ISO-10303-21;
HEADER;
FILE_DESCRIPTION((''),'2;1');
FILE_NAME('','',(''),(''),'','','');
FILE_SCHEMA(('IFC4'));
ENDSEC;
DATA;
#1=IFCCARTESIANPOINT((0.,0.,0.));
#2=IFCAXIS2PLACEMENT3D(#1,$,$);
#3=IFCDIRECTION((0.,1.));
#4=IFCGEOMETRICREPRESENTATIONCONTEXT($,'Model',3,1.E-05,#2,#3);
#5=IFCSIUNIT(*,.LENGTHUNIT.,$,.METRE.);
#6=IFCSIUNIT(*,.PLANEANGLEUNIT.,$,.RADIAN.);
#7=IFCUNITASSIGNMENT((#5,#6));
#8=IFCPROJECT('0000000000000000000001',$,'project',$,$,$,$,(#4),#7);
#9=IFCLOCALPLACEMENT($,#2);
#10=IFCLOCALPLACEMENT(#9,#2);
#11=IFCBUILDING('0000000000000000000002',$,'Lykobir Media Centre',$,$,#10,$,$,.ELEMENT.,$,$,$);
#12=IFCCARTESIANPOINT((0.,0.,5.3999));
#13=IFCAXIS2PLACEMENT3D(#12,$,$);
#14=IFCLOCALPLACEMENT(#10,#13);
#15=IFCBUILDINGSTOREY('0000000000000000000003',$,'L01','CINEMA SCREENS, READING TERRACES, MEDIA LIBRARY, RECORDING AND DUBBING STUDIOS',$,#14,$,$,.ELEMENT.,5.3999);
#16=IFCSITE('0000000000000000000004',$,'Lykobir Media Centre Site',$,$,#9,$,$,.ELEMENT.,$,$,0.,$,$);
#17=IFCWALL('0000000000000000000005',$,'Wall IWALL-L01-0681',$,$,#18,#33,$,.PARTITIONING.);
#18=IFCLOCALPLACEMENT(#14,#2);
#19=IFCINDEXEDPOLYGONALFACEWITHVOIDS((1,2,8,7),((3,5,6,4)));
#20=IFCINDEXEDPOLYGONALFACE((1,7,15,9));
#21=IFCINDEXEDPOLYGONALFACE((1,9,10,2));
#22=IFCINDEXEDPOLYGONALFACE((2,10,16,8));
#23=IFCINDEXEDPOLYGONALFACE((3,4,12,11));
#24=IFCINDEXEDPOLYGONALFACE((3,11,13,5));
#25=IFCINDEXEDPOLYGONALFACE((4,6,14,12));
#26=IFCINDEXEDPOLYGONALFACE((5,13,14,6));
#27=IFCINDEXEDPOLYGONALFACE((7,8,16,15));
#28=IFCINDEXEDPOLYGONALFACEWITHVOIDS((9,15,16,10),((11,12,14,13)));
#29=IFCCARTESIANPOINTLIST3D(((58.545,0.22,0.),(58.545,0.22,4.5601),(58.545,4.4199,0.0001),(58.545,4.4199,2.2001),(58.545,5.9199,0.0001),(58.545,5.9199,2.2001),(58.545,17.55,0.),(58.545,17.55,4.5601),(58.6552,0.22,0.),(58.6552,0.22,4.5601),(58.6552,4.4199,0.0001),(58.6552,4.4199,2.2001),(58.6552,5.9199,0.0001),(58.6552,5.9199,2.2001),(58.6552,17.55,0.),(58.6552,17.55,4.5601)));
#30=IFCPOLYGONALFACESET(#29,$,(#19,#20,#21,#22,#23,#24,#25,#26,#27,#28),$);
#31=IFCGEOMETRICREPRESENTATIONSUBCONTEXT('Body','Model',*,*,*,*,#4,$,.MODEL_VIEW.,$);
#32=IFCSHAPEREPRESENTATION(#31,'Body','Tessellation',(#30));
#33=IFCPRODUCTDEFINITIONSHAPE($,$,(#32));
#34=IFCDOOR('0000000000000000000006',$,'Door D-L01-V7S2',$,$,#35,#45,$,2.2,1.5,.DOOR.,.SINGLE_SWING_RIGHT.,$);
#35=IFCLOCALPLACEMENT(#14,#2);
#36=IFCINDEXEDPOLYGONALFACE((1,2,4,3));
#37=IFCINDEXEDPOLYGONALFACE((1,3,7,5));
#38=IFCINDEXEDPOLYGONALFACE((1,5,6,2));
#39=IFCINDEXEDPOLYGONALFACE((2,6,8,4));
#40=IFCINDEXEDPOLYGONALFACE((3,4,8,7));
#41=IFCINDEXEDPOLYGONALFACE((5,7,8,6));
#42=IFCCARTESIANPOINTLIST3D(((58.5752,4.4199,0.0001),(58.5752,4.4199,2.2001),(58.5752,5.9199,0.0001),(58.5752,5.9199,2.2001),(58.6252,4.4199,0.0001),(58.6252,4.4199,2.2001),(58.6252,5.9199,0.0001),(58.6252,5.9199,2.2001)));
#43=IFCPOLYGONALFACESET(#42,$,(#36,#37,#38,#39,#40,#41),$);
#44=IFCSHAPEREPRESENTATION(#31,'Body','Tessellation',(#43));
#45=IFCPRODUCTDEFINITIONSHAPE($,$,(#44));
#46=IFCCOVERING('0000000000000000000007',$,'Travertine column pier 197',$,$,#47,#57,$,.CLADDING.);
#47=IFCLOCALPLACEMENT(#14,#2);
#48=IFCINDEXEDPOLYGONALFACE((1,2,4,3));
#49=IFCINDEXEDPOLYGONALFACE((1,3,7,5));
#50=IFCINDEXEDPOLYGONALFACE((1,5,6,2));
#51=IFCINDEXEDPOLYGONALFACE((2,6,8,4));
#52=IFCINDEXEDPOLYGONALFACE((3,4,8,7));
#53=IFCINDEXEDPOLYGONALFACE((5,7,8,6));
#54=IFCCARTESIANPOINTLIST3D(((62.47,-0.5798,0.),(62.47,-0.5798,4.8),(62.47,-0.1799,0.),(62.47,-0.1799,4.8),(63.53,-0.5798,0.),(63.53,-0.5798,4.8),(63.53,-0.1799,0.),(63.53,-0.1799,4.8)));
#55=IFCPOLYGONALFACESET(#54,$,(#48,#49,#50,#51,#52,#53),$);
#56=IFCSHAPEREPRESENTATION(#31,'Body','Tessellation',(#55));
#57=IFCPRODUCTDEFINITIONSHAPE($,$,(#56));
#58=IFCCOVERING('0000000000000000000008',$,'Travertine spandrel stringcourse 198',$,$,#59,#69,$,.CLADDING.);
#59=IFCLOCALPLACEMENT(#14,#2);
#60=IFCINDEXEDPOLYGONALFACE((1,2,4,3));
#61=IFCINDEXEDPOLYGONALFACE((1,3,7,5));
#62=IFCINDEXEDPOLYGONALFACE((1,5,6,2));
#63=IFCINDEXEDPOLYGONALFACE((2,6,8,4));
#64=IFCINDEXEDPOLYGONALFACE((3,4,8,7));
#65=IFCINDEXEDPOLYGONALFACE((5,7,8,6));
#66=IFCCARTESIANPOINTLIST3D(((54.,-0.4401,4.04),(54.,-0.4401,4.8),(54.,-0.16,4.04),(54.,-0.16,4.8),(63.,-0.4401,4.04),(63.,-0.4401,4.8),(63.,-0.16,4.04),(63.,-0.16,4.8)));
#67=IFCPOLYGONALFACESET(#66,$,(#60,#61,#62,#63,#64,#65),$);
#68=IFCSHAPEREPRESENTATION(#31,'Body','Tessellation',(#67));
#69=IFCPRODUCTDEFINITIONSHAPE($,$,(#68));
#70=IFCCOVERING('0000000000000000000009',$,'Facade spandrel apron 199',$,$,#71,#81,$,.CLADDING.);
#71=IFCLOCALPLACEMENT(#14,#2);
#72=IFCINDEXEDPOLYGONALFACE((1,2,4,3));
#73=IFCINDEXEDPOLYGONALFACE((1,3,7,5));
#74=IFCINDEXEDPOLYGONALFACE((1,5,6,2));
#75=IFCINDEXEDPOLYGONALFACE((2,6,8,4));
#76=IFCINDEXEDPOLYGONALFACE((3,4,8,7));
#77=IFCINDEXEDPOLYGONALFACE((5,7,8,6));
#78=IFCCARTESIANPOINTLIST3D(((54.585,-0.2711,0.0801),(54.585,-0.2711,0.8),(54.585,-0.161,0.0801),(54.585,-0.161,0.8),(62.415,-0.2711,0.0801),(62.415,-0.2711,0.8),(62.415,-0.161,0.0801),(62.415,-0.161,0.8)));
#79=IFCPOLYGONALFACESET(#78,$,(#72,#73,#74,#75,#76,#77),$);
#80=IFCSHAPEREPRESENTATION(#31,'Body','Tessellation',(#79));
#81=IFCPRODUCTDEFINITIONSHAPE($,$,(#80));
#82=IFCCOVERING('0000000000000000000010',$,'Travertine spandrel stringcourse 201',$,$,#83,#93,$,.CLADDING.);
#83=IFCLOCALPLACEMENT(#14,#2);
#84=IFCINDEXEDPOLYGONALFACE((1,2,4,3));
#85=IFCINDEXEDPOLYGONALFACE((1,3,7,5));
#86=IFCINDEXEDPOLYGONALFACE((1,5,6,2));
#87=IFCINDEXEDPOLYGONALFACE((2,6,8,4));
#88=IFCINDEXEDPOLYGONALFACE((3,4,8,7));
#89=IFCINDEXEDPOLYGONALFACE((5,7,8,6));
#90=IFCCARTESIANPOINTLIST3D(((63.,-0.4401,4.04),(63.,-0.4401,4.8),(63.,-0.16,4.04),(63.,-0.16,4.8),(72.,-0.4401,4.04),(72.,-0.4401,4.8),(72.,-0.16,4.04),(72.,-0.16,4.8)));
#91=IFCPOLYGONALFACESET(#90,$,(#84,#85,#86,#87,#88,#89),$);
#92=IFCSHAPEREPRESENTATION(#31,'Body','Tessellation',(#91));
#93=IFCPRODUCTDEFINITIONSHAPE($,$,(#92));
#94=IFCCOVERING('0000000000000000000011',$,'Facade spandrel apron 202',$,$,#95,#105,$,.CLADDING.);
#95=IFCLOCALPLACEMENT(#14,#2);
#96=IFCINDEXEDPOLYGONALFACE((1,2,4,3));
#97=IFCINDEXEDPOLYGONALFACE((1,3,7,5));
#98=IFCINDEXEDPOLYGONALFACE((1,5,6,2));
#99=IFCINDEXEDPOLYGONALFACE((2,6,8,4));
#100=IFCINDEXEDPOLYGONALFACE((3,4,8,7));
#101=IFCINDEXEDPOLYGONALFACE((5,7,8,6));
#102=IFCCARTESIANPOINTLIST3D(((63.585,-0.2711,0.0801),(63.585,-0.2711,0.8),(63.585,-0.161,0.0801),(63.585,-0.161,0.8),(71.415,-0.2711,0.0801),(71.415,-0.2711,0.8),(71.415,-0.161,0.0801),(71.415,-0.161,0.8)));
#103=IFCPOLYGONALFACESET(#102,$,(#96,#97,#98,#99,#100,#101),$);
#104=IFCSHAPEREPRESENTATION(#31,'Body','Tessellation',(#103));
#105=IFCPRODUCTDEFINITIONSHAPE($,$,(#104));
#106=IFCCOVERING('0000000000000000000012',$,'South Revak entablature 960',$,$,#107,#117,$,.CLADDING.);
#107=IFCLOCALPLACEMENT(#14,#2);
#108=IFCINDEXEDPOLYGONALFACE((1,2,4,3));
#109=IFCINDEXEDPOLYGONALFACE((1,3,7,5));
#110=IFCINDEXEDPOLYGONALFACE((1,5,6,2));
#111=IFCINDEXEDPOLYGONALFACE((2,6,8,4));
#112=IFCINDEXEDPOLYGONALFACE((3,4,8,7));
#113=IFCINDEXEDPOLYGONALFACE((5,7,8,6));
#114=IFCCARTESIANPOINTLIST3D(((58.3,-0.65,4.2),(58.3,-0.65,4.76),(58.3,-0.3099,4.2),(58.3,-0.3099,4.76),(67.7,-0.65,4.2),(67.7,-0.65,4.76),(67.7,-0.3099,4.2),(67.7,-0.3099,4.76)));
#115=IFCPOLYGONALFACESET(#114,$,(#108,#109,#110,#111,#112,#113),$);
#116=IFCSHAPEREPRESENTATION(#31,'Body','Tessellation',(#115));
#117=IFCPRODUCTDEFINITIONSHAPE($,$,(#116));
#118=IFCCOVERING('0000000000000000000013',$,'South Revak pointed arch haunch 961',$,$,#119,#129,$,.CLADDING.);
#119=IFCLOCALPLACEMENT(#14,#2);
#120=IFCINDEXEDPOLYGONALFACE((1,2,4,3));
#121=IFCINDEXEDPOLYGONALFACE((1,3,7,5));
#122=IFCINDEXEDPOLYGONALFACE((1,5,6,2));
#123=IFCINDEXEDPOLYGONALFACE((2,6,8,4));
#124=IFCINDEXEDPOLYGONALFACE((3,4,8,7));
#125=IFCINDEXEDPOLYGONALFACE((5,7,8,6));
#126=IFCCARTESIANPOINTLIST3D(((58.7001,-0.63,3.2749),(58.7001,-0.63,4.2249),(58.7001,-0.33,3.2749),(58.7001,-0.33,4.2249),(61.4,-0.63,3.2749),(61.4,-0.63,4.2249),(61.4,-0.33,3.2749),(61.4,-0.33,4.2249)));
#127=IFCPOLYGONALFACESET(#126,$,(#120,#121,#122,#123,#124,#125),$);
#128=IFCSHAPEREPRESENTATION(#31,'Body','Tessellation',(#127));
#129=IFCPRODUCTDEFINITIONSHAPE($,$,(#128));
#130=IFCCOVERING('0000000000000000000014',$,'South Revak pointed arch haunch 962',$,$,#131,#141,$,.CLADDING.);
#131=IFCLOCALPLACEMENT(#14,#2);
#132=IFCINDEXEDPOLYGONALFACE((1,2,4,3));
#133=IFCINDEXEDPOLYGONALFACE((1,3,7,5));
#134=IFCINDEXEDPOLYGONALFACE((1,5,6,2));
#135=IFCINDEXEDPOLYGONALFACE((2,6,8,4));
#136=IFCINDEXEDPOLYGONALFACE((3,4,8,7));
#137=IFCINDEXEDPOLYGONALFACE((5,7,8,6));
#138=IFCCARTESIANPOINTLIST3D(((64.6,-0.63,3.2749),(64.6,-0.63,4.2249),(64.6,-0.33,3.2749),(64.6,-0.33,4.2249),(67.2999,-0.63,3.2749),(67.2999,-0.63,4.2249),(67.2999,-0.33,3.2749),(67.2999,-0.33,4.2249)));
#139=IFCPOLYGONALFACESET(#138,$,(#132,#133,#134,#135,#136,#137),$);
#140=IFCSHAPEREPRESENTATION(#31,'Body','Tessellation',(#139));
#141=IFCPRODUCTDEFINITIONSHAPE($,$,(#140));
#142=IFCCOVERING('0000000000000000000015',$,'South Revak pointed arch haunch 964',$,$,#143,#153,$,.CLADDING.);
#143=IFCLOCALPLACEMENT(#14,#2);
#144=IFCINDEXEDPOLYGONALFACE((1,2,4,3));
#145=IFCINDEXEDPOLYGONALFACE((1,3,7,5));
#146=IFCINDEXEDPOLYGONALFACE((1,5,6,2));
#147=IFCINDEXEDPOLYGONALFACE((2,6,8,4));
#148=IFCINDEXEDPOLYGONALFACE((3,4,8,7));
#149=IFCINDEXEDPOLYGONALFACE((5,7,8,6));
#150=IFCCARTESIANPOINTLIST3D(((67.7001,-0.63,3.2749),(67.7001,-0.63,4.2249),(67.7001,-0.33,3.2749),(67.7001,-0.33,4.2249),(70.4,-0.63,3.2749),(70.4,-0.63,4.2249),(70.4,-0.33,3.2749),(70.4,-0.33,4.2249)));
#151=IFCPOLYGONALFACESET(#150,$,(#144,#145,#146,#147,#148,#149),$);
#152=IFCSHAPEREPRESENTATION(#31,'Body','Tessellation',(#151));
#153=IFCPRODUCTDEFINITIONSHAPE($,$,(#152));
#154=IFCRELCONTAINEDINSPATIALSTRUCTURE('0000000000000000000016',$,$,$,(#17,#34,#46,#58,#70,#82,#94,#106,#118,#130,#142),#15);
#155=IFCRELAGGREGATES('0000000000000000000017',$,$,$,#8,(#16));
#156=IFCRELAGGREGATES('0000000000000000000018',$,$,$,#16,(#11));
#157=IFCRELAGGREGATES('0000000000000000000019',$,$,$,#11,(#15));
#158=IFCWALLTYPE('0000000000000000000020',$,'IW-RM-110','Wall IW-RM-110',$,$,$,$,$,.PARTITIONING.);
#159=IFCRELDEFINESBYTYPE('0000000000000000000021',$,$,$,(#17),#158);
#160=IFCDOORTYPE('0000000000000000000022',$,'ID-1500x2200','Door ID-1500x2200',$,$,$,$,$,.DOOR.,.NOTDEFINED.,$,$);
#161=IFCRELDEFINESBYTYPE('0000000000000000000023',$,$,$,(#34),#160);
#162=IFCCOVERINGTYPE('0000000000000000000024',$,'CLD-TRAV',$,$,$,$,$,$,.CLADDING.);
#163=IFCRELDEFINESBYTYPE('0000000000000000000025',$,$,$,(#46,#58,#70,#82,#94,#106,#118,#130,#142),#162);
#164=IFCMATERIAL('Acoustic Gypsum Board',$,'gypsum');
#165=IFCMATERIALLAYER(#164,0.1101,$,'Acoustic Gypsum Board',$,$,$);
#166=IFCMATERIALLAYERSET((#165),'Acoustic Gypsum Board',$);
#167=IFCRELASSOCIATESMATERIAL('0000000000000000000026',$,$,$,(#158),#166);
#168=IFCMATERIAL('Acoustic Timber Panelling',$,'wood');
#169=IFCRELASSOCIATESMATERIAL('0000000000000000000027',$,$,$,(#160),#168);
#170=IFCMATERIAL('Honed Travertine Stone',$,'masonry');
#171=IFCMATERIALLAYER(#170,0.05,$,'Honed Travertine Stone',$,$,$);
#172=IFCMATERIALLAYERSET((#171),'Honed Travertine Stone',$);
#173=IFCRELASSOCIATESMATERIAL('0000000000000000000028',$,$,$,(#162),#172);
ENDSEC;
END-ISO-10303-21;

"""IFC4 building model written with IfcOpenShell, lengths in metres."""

from ifc_helpers import new_model, si_unit, direction, frame, frame_2d, origin, origin_2d, place, context, subcontext, project, spatial, rectangle, extrude, material, layer, layer_set, type_object, element, fill, save


model = new_model("IFC4")

# Units and contexts
model_context = context("Model", 3, precision=1e-05, world=origin(), true_north=direction((0.0, 1.0)))
body_context = subcontext(model_context, "Body", "Model", "MODEL_VIEW")
ifc_project = project(units=[si_unit("LENGTHUNIT", "METRE"), si_unit("PLANEANGLEUNIT", "RADIAN")], contexts=[model_context])

# Site, building, storey
site_placement = place(None, origin())
site = spatial("IfcSite", under=ifc_project, at=site_placement, Name="Lykobir Media Centre Site", CompositionType="ELEMENT", RefElevation=0.0)
building_placement = place(site_placement, origin())
building = spatial("IfcBuilding", under=site, at=building_placement, Name="Lykobir Media Centre", CompositionType="ELEMENT")
storey_placement = place(building_placement, frame((0.0, 0.0, 5.3999)))
storey = spatial("IfcBuildingStorey", under=building, at=storey_placement, Name="L01", Description="CINEMA SCREENS, READING TERRACES, MEDIA LIBRARY, RECORDING AND DUBBING STUDIOS", CompositionType="ELEMENT", Elevation=5.3999)

# Shared definitions
ifc_material_1 = material(Name="Honed Travertine Stone", Category="masonry")

# Wall, opening, door
ifc_material_2 = material(Name="Acoustic Gypsum Board", Category="gypsum")
ifc_layer_1 = layer(ifc_material_2, 0.1101, Name="Acoustic Gypsum Board")
ifc_layer_set_1 = layer_set([ifc_layer_1], Name="Acoustic Gypsum Board")
wall_type_1 = type_object("IfcWallType", Name="IW-RM-110", Description="Wall IW-RM-110", PredefinedType="PARTITIONING", material=ifc_layer_set_1)
wall_1_placement = place(storey_placement, frame((58.6001, 0.22, 0.0), z_axis=(0.0, 0.0, 1.0), x_axis=(0.0, 1.0, 0.0)))
wall_1 = element("IfcWall", 1, at=wall_1_placement, inside=storey, type_object=wall_type_1, Name="Wall IWALL-L01-0681", PredefinedType="PARTITIONING", context=body_context, shape_type="SweptSolid", body=[
    extrude(rectangle(XDim=17.3301, YDim=0.1101, at=frame_2d((8.665, 0.0))), origin(), (0.0, 0.0, 1.0), 4.5601),
])
opening_1_placement = place(wall_1_placement, frame((4.2, 0.0, 0.0)))
opening_1 = element("IfcOpeningElement", 2, at=opening_1_placement, cuts=wall_1, PredefinedType="OPENING", context=body_context, shape_type="SweptSolid", body=[
    extrude(rectangle(XDim=1.5, YDim=2.2, at=frame_2d((0.75, 1.1001))), frame((0.0, 0.0649, 0.0), z_axis=(0.0, -1.0, 0.0), x_axis=(1.0, 0.0, 0.0)), (0.0, 0.0, 1.0), 0.1301),
])
ifc_material_3 = material(Name="Acoustic Timber Panelling", Category="wood")
door_type = type_object("IfcDoorType", Name="ID-1500x2200", Description="Door ID-1500x2200", OperationType="NOTDEFINED", PredefinedType="DOOR", material=ifc_material_3)
door_placement = place(opening_1_placement, origin())
door = element("IfcDoor", 3, at=door_placement, inside=storey, type_object=door_type, Name="Door D-L01-V7S2", OperationType="SINGLE_SWING_RIGHT", OverallHeight=2.2, OverallWidth=1.5, PredefinedType="DOOR", context=body_context, shape_type="SweptSolid", body=[
    extrude(rectangle(XDim=1.5, YDim=2.2, at=frame_2d((0.75, 1.1001))), frame((0.0, 0.0249, 0.0), z_axis=(0.0, -1.0, 0.0), x_axis=(1.0, 0.0, 0.0)), (0.0, 0.0, 1.0), 0.05),
])
fill(opening_1, door)

# Coverings
ifc_layer_2 = layer(ifc_material_1, 0.05, Name="Honed Travertine Stone")
ifc_layer_set_2 = layer_set([ifc_layer_2], Name="Honed Travertine Stone")
covering_type = type_object("IfcCoveringType", Name="CLD-TRAV", PredefinedType="CLADDING", material=ifc_layer_set_2)
covering_1_placement = place(storey_placement, frame((63.0, -0.3799, 0.0), z_axis=(0.0, 0.0, 1.0), x_axis=(1.0, 0.0, 0.0)))
element("IfcCovering", 4, at=covering_1_placement, inside=storey, type_object=covering_type, Name="Travertine column pier 197", PredefinedType="CLADDING", context=body_context, shape_type="SweptSolid", body=[
    extrude(rectangle(XDim=1.0601, YDim=0.3999, at=origin_2d()), origin(), (0.0, 0.0, 1.0), 4.8),
])
covering_2_placement = place(storey_placement, frame((58.5, -0.3, 4.04), z_axis=(0.0, 0.0, 1.0), x_axis=(1.0, 0.0, 0.0)))
element("IfcCovering", 5, at=covering_2_placement, inside=storey, type_object=covering_type, Name="Travertine spandrel stringcourse 198", PredefinedType="CLADDING", context=body_context, shape_type="SweptSolid", body=[
    extrude(rectangle(XDim=9.0, YDim=0.28, at=origin_2d()), origin(), (0.0, 0.0, 1.0), 0.76),
])
covering_3_placement = place(storey_placement, frame((58.5, -0.2161, 0.0801), z_axis=(0.0, 0.0, 1.0), x_axis=(1.0, 0.0, 0.0)))
element("IfcCovering", 6, at=covering_3_placement, inside=storey, type_object=covering_type, Name="Facade spandrel apron 199", PredefinedType="CLADDING", context=body_context, shape_type="SweptSolid", body=[
    extrude(rectangle(XDim=7.8301, YDim=0.1101, at=origin_2d()), origin(), (0.0, 0.0, 1.0), 0.72),
])
covering_4_placement = place(storey_placement, frame((67.5, -0.3, 4.04), z_axis=(0.0, 0.0, 1.0), x_axis=(1.0, 0.0, 0.0)))
element("IfcCovering", 7, at=covering_4_placement, inside=storey, type_object=covering_type, Name="Travertine spandrel stringcourse 201", PredefinedType="CLADDING", context=body_context, shape_type="SweptSolid", body=[
    extrude(rectangle(XDim=9.0, YDim=0.28, at=origin_2d()), origin(), (0.0, 0.0, 1.0), 0.76),
])
covering_5_placement = place(storey_placement, frame((67.5, -0.2161, 0.0801), z_axis=(0.0, 0.0, 1.0), x_axis=(1.0, 0.0, 0.0)))
element("IfcCovering", 8, at=covering_5_placement, inside=storey, type_object=covering_type, Name="Facade spandrel apron 202", PredefinedType="CLADDING", context=body_context, shape_type="SweptSolid", body=[
    extrude(rectangle(XDim=7.8301, YDim=0.1101, at=origin_2d()), origin(), (0.0, 0.0, 1.0), 0.72),
])
covering_6_placement = place(storey_placement, frame((63.0, -0.48, 4.2), z_axis=(0.0, 0.0, 1.0), x_axis=(1.0, 0.0, 0.0)))
element("IfcCovering", 9, at=covering_6_placement, inside=storey, type_object=covering_type, Name="South Revak entablature 960", PredefinedType="CLADDING", context=body_context, shape_type="SweptSolid", body=[
    extrude(rectangle(XDim=9.3999, YDim=0.3401, at=origin_2d()), origin(), (0.0, 0.0, 1.0), 0.5601),
])
for number, where, z_axis, x_axis, name in (
    (10, (60.05, -0.48, 3.2749), (0.0, 0.0, 1.0), (1.0, 0.0, 0.0), "South Revak pointed arch haunch 961"),
    (11, (65.95, -0.48, 3.2749), (0.0, 0.0, 1.0), (1.0, 0.0, 0.0), "South Revak pointed arch haunch 962"),
    (12, (69.05, -0.48, 3.2749), (0.0, 0.0, 1.0), (1.0, 0.0, 0.0), "South Revak pointed arch haunch 964"),
):
    element("IfcCovering", number, at=place(storey_placement, frame(where, z_axis=z_axis, x_axis=x_axis)), inside=storey, type_object=covering_type, Name=name, PredefinedType="CLADDING", context=body_context, shape_type="SweptSolid", body=[
        extrude(rectangle(XDim=2.7, YDim=0.3, at=origin_2d()), origin(), (0.0, 0.0, 1.0), 0.95),
    ])

save(model, "model.ifc")
